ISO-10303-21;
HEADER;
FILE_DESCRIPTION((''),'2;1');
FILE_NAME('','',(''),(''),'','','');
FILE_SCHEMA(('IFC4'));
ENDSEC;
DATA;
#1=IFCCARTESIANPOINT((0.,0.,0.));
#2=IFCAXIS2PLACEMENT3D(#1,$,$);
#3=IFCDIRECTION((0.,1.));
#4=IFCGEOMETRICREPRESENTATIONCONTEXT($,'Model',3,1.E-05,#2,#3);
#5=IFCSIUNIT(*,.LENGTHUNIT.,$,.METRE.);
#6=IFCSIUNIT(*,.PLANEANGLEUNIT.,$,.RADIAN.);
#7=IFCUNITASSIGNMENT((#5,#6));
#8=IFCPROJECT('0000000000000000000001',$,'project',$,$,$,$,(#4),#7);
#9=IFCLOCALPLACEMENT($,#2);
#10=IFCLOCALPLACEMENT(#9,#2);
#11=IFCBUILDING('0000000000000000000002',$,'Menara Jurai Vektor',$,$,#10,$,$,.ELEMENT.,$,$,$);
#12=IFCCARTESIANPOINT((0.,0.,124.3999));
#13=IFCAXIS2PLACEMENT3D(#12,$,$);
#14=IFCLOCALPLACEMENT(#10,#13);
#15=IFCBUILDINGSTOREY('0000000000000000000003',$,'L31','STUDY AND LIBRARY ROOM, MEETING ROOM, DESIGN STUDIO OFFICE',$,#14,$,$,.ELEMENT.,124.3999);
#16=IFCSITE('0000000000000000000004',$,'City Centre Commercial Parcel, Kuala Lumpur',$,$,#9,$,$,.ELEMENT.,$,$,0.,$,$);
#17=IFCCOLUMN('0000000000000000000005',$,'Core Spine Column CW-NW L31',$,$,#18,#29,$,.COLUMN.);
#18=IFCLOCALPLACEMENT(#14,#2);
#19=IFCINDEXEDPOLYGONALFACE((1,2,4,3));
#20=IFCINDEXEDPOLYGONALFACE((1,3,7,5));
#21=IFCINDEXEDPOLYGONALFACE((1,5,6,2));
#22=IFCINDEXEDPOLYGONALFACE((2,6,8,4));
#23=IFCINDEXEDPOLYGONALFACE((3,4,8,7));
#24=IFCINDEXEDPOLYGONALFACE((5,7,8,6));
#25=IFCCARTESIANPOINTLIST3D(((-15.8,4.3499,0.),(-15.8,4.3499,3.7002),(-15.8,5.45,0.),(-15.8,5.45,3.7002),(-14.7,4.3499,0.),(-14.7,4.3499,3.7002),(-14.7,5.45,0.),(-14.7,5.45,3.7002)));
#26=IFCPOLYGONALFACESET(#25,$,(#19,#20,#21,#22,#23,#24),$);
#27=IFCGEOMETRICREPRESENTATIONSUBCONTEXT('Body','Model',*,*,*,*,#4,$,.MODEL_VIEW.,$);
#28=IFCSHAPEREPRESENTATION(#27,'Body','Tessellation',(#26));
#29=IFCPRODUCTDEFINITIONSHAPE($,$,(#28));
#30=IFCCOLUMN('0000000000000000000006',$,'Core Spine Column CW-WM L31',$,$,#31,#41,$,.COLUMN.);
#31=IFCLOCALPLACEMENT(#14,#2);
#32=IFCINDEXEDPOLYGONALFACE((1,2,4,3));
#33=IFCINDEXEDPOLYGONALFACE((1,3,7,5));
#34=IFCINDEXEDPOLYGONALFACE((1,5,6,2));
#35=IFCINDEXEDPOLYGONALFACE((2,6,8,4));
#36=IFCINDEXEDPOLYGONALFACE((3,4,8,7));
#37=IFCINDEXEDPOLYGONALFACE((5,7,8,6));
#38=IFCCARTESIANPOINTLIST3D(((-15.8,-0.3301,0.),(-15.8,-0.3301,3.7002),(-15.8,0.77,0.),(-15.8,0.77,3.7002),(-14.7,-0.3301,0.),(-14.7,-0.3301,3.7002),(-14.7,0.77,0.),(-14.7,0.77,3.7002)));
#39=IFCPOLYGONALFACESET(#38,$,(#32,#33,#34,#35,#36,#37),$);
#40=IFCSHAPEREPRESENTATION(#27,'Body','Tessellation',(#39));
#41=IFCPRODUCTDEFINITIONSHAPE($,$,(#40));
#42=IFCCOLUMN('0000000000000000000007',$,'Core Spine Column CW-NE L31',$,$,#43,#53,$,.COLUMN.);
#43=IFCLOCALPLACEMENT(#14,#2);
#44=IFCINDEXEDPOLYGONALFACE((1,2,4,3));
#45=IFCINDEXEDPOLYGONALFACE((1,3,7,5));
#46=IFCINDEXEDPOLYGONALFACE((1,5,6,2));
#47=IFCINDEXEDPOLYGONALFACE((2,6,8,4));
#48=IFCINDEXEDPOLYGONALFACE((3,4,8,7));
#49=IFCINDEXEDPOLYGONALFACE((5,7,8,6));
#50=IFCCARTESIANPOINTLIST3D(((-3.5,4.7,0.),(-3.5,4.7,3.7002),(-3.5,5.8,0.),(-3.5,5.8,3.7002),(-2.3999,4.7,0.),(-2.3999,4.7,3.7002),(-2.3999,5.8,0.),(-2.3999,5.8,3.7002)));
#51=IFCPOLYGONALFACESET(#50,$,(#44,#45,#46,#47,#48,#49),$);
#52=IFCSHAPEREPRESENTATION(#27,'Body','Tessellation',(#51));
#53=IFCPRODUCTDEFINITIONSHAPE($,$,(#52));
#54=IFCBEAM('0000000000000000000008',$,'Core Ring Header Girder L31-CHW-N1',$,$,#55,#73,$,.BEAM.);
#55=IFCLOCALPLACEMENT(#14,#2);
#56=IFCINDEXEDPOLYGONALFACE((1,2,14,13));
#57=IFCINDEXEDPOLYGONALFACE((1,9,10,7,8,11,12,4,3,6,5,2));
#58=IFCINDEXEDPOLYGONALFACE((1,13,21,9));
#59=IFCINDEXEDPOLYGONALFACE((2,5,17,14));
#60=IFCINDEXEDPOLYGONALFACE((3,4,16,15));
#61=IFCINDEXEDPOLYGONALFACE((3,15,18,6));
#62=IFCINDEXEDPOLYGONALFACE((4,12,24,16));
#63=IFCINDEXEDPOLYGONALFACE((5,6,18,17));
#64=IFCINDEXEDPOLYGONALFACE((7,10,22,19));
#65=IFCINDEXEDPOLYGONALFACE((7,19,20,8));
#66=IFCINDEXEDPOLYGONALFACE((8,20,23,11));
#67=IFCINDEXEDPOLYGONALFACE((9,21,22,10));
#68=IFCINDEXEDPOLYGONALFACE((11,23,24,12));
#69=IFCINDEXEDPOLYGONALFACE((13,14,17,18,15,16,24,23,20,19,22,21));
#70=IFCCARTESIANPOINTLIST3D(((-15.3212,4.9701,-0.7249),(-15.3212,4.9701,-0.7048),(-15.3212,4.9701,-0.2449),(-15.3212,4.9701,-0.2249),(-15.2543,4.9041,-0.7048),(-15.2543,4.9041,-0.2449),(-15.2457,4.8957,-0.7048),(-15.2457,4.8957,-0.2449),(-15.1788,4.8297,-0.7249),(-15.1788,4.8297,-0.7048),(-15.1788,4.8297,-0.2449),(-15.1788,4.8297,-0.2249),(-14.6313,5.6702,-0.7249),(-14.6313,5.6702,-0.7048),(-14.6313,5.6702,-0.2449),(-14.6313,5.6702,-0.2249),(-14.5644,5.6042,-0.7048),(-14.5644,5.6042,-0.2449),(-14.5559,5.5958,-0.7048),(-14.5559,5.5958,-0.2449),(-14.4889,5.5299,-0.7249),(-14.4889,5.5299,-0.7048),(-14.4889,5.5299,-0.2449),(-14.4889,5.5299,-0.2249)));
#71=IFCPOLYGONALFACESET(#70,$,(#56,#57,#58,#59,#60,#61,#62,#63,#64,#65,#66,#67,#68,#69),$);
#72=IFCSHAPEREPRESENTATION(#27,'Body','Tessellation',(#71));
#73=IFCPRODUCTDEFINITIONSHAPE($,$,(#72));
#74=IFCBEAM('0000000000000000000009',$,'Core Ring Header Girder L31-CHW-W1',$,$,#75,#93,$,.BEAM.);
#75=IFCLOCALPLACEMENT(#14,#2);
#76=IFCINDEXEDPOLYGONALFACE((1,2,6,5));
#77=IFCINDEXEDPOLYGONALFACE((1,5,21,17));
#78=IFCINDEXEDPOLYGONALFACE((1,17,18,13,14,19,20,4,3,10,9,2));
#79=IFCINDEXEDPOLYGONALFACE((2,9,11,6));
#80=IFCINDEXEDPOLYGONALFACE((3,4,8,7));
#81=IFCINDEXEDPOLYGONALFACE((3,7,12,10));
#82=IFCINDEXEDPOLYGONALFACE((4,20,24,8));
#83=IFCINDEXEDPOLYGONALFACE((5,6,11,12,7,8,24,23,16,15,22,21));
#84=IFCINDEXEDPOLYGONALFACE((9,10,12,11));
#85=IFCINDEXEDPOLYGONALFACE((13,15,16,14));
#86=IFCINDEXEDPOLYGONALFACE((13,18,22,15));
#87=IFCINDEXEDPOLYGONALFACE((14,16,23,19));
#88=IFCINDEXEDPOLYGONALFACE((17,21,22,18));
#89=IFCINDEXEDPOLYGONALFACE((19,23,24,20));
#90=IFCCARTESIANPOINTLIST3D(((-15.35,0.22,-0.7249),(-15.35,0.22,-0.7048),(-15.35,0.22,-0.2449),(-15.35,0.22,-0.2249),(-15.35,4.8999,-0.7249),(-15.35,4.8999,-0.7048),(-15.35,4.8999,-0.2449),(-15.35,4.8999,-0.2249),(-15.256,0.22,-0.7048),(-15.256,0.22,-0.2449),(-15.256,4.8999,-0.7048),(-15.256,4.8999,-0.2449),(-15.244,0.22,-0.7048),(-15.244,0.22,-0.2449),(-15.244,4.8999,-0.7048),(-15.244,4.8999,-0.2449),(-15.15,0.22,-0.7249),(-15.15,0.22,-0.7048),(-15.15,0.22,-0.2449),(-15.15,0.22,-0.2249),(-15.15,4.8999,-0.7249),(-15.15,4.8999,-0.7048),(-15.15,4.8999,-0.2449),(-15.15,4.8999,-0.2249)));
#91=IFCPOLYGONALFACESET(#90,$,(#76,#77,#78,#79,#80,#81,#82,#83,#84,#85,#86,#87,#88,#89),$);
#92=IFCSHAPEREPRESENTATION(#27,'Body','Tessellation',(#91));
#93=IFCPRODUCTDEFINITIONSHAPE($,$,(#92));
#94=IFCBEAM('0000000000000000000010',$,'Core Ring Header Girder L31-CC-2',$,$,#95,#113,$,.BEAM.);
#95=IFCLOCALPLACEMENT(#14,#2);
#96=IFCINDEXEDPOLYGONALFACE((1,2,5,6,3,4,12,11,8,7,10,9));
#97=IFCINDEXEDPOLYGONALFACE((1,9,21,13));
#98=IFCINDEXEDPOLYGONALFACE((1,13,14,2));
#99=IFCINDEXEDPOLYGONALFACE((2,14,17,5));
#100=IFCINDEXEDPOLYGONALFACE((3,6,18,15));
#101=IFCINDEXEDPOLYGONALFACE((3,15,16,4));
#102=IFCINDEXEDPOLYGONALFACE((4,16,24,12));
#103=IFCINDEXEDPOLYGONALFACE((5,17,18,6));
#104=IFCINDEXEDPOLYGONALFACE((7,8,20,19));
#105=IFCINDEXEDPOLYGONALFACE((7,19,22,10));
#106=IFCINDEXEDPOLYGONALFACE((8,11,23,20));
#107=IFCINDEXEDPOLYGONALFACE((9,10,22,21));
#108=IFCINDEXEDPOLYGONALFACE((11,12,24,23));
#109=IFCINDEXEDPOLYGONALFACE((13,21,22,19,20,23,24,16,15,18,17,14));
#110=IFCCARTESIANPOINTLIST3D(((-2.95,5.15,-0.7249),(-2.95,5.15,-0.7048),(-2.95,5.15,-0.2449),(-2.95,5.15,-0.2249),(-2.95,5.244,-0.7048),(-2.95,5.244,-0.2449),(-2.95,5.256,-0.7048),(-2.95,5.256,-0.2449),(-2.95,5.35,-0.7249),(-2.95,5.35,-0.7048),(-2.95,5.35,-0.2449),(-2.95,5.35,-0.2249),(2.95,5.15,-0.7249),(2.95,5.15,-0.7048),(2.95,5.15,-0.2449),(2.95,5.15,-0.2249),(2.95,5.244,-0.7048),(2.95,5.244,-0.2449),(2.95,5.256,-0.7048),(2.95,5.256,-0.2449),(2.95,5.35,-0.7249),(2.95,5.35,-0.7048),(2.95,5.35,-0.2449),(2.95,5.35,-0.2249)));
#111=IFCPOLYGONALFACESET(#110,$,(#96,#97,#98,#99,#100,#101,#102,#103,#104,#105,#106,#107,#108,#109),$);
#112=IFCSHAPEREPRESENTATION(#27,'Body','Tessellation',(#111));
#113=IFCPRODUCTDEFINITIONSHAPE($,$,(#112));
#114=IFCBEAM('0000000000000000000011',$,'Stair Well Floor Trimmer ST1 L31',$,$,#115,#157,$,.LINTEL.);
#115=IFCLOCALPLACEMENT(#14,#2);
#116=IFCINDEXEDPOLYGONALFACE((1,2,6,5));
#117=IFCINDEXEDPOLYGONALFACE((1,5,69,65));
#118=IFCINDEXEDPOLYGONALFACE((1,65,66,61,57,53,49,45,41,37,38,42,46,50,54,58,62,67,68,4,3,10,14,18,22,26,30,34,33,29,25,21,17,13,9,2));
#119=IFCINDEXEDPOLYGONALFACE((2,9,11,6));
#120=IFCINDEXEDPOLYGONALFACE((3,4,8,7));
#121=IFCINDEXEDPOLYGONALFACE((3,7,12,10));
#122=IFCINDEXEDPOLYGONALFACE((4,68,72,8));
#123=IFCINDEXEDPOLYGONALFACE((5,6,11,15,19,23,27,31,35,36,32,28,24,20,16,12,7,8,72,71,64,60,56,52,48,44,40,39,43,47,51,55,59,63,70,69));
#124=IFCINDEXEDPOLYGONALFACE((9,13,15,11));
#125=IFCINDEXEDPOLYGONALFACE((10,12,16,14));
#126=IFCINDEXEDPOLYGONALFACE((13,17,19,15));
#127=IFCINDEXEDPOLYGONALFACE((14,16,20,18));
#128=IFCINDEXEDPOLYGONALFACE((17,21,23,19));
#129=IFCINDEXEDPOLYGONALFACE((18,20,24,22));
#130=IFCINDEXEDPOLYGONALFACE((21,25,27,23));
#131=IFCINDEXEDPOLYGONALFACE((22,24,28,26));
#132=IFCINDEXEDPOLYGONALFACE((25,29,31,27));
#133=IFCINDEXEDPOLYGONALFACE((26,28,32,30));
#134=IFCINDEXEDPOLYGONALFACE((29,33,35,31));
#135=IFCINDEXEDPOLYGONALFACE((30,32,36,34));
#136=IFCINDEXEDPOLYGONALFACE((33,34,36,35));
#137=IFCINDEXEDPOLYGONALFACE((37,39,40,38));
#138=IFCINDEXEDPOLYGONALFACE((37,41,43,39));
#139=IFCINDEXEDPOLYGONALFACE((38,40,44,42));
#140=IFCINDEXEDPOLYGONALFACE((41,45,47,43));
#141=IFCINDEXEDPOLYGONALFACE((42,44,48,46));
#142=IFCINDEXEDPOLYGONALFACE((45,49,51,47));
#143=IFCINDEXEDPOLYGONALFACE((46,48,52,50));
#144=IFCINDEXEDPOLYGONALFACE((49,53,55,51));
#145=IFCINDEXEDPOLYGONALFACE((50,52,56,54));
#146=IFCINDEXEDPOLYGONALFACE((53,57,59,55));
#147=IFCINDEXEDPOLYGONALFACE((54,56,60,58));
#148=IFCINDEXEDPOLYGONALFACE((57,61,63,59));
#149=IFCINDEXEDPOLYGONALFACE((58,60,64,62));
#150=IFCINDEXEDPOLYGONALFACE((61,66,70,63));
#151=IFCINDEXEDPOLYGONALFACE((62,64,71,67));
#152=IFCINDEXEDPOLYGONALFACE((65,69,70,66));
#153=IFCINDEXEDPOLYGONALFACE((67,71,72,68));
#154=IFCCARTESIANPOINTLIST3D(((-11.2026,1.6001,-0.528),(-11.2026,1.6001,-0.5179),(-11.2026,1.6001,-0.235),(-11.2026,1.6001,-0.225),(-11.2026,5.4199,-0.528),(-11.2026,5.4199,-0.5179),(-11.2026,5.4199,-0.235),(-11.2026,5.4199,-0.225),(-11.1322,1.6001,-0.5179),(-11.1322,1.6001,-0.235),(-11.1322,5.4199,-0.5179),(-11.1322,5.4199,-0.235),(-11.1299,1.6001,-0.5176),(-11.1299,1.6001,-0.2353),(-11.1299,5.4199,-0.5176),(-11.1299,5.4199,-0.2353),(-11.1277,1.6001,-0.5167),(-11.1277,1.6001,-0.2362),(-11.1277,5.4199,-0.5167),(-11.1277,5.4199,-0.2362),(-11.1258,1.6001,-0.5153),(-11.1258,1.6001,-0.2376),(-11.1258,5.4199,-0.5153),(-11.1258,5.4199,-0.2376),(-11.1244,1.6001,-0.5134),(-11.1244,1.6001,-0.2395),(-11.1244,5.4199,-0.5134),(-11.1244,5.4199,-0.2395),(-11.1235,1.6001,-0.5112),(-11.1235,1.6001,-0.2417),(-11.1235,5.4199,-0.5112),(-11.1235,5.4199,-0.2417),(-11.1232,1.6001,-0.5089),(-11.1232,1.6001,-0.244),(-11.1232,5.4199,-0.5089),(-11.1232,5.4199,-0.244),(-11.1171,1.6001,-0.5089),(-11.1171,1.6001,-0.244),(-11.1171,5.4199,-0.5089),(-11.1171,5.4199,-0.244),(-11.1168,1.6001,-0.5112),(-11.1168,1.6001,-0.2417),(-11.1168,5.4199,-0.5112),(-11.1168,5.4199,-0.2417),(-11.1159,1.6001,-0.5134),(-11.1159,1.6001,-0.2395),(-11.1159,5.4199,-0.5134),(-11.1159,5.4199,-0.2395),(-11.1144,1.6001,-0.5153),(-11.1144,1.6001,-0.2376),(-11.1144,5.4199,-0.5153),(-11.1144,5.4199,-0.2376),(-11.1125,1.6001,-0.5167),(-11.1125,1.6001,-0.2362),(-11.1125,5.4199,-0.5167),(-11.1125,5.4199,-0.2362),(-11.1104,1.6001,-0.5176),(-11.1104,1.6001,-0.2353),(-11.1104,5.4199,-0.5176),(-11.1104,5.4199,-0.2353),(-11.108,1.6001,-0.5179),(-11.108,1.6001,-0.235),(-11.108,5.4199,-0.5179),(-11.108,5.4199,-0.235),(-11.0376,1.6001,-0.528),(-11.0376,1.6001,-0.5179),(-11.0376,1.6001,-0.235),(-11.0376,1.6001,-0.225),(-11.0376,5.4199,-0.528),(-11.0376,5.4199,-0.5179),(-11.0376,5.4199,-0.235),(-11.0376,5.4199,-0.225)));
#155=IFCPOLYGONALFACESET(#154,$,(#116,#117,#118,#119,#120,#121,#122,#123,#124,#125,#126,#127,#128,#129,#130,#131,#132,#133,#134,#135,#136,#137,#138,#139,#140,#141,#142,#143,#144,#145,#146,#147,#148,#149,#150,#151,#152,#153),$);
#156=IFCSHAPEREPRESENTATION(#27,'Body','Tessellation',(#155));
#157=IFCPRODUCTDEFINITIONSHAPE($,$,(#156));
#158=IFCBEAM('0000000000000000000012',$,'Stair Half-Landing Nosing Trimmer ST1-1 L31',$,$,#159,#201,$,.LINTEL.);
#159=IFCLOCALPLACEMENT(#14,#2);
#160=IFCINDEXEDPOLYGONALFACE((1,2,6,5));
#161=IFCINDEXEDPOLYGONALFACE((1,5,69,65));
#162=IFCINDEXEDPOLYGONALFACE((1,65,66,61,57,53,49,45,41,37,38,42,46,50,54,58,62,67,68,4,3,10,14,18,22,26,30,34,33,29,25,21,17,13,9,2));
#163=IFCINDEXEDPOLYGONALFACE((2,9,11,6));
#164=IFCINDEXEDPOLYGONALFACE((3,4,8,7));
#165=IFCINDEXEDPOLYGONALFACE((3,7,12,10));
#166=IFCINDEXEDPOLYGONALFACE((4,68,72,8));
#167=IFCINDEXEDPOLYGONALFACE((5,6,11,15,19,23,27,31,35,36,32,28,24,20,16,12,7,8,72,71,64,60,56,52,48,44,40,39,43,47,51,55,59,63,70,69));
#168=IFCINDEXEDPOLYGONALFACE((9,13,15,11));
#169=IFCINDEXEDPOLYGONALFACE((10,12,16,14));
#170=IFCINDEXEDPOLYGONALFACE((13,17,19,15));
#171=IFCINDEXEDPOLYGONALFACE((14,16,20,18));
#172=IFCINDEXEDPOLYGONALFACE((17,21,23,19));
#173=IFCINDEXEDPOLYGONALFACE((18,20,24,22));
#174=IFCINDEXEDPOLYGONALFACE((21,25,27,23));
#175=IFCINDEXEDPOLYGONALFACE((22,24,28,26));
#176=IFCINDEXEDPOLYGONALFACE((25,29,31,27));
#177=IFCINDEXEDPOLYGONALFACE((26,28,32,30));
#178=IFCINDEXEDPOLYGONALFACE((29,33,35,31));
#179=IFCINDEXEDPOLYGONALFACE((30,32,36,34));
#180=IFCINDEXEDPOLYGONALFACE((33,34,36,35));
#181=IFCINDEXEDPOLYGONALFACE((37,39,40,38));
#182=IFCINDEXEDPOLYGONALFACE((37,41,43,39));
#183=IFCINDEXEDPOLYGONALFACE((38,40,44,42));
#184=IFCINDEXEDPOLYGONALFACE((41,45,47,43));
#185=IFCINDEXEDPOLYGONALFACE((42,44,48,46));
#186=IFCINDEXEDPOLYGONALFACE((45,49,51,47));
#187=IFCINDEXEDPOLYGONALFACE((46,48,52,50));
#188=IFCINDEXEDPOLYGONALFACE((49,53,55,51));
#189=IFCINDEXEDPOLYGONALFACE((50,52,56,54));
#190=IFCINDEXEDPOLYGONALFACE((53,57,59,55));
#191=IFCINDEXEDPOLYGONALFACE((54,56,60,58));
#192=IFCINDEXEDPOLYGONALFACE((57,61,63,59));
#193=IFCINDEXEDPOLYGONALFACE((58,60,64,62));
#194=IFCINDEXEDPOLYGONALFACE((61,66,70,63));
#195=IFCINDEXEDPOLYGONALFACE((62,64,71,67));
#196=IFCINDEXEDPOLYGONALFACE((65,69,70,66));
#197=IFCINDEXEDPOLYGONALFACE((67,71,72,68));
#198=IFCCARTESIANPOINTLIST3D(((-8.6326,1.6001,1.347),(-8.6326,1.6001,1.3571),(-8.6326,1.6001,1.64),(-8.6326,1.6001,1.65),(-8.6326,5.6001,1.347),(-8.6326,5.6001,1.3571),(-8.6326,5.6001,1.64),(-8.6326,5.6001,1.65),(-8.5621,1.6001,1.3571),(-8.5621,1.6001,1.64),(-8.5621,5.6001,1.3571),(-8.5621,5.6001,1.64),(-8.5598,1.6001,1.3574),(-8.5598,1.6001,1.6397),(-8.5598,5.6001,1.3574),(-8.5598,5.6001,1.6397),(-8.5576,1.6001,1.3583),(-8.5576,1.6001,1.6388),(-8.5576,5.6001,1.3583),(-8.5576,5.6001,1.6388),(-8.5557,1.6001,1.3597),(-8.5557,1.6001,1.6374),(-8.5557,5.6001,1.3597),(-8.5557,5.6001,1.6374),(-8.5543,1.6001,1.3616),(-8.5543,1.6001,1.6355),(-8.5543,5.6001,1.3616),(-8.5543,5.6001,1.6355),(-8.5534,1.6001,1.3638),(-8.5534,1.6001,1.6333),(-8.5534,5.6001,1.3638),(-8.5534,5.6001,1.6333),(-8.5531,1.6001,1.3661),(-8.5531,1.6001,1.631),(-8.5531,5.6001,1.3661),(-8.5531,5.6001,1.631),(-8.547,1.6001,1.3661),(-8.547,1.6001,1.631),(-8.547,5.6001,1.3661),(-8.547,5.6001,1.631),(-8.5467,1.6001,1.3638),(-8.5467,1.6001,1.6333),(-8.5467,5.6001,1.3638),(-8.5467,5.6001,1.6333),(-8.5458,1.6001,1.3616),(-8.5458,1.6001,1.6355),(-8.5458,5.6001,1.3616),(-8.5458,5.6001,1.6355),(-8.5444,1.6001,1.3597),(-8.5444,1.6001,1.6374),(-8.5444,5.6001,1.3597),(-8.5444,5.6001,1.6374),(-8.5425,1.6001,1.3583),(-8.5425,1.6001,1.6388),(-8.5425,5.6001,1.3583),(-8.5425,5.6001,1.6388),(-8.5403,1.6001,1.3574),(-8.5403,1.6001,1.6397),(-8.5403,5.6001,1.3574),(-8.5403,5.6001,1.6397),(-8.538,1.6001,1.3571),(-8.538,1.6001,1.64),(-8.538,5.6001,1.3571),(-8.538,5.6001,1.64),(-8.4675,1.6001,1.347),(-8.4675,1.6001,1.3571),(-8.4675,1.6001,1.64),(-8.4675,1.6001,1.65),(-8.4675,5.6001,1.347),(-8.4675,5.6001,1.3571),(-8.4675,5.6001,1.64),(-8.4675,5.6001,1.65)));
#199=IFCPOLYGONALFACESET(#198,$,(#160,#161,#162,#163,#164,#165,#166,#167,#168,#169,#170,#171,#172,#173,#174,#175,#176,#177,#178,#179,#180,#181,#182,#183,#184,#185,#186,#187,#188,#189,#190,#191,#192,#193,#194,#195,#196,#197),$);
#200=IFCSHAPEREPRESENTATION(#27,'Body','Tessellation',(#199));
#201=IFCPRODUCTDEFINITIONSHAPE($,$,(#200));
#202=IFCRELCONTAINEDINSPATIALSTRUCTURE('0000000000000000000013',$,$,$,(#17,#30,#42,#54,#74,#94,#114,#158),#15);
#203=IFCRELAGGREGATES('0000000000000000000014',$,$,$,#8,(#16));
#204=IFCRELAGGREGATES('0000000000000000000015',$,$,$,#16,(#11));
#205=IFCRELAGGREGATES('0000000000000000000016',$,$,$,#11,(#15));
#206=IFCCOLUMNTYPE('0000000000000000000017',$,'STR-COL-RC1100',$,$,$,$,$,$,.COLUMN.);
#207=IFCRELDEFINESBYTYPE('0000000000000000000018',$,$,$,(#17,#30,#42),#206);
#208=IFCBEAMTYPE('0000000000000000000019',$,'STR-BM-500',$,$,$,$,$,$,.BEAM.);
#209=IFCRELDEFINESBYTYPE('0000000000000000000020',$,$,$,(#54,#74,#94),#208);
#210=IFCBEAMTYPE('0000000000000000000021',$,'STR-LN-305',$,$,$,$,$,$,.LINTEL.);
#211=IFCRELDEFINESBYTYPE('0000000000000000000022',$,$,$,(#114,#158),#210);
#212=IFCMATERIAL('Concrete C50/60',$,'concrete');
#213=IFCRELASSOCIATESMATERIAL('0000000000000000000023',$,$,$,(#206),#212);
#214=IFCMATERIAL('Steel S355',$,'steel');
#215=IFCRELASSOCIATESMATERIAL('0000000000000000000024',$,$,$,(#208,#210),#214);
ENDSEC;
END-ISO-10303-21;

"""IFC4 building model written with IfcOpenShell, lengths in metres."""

from ifc_helpers import new_model, si_unit, direction, frame, origin, origin_2d, place, context, subcontext, project, spatial, rectangle, i_section, extrude, material, material_profile, profile_set, type_object, element, save


model = new_model("IFC4")

# Units and contexts
model_context = context("Model", 3, precision=1e-05, world=origin(), true_north=direction((0.0, 1.0)))
body_context = subcontext(model_context, "Body", "Model", "MODEL_VIEW")
ifc_project = project(units=[si_unit("LENGTHUNIT", "METRE"), si_unit("PLANEANGLEUNIT", "RADIAN")], contexts=[model_context])

# Site, building, storey
site_placement = place(None, origin())
site = spatial("IfcSite", under=ifc_project, at=site_placement, Name="City Centre Commercial Parcel, Kuala Lumpur", CompositionType="ELEMENT", RefElevation=0.0)
building_placement = place(site_placement, origin())
building = spatial("IfcBuilding", under=site, at=building_placement, Name="Menara Jurai Vektor", CompositionType="ELEMENT")
storey_placement = place(building_placement, frame((0.0, 0.0, 124.3999)))
storey = spatial("IfcBuildingStorey", under=building, at=storey_placement, Name="L31", Description="STUDY AND LIBRARY ROOM, MEETING ROOM, DESIGN STUDIO OFFICE", CompositionType="ELEMENT", Elevation=124.3999)

# Columns
ifc_material_1 = material(Name="Concrete C50/60", Category="concrete")
ifc_material_profile_1 = material_profile(ifc_material_1, rectangle(XDim=1.1001, YDim=1.1001, at=origin_2d()), Name="RC 1100x1100")
ifc_profile_set_1 = profile_set([ifc_material_profile_1], Name="Concrete C50/60")
column_type = type_object("IfcColumnType", Name="STR-COL-RC1100", PredefinedType="COLUMN", material=ifc_profile_set_1)
for number, where, z_axis, x_axis, name in (
    (1, (-15.25, 4.8999, 0.0), (0.0, 0.0, 1.0), (1.0, 0.0, 0.0), "Core Spine Column CW-NW L31"),
    (2, (-15.25, 0.22, 0.0), (0.0, 0.0, 1.0), (1.0, 0.0, 0.0), "Core Spine Column CW-WM L31"),
    (3, (-2.95, 5.25, 0.0), (0.0, 0.0, 1.0), (1.0, 0.0, 0.0), "Core Spine Column CW-NE L31"),
):
    element("IfcColumn", number, at=place(storey_placement, frame(where, z_axis=z_axis, x_axis=x_axis)), inside=storey, type_object=column_type, Name=name, PredefinedType="COLUMN", context=body_context, shape_type="SweptSolid", body=[
        extrude(rectangle(XDim=1.1001, YDim=1.1001, at=origin_2d()), origin(), (0.0, 0.0, 1.0), 3.7002),
    ])

# Beams
ifc_material_2 = material(Name="Steel S355", Category="steel")
ifc_material_profile_2 = material_profile(ifc_material_2, i_section(OverallWidth=0.2, OverallDepth=0.5, WebThickness=0.012, FlangeThickness=0.02, at=origin_2d()), Name="PG 500x200x96")
ifc_profile_set_2 = profile_set([ifc_material_profile_2], Name="Steel S355")
beam_type_1 = type_object("IfcBeamType", Name="STR-BM-500", PredefinedType="BEAM", material=ifc_profile_set_2)
beam_1_placement = place(storey_placement, frame((-15.25, 4.8999, -0.4749), z_axis=(0.701872, 0.712303, 0.0), x_axis=(-0.712303, 0.701872, 0.0)))
element("IfcBeam", 4, at=beam_1_placement, inside=storey, type_object=beam_type_1, Name="Core Ring Header Girder L31-CHW-N1", PredefinedType="BEAM", context=body_context, shape_type="SweptSolid", body=[
    extrude(i_section(OverallWidth=0.2, OverallDepth=0.5, WebThickness=0.012, FlangeThickness=0.02, at=origin_2d()), origin(), (0.0, 0.0, 1.0), 0.9829),
])
beam_2_placement = place(storey_placement, frame((-15.25, 0.22, -0.4749), z_axis=(0.0, 1.0, 0.0), x_axis=(-1.0, 0.0, 0.0)))
element("IfcBeam", 5, at=beam_2_placement, inside=storey, type_object=beam_type_1, Name="Core Ring Header Girder L31-CHW-W1", PredefinedType="BEAM", context=body_context, shape_type="SweptSolid", body=[
    extrude(i_section(OverallWidth=0.2, OverallDepth=0.5, WebThickness=0.012, FlangeThickness=0.02, at=origin_2d()), origin(), (0.0, 0.0, 1.0), 4.6799),
])
beam_3_placement = place(storey_placement, frame((-2.95, 5.25, -0.4749), z_axis=(1.0, 0.0, 0.0), x_axis=(0.0, 1.0, 0.0)))
element("IfcBeam", 6, at=beam_3_placement, inside=storey, type_object=beam_type_1, Name="Core Ring Header Girder L31-CC-2", PredefinedType="BEAM", context=body_context, shape_type="SweptSolid", body=[
    extrude(i_section(OverallWidth=0.2, OverallDepth=0.5, WebThickness=0.012, FlangeThickness=0.02, at=origin_2d()), origin(), (0.0, 0.0, 1.0), 5.8999),
])
ifc_material_profile_3 = material_profile(ifc_material_2, i_section(OverallWidth=0.165, OverallDepth=0.303, WebThickness=0.0061, FlangeThickness=0.01, FilletRadius=0.009, at=origin_2d()), Name="UKB 305x165x40")
ifc_profile_set_3 = profile_set([ifc_material_profile_3], Name="Steel S355")
beam_type_2 = type_object("IfcBeamType", Name="STR-LN-305", PredefinedType="LINTEL", material=ifc_profile_set_3)
beam_4_placement = place(storey_placement, frame((-11.1201, 1.6001, -0.3765), z_axis=(0.0, 1.0, 0.0), x_axis=(-1.0, 0.0, 0.0)))
element("IfcBeam", 7, at=beam_4_placement, inside=storey, type_object=beam_type_2, Name="Stair Well Floor Trimmer ST1 L31", PredefinedType="LINTEL", context=body_context, shape_type="SweptSolid", body=[
    extrude(i_section(OverallWidth=0.165, OverallDepth=0.303, WebThickness=0.0061, FlangeThickness=0.01, FilletRadius=0.009, at=origin_2d()), origin(), (0.0, 0.0, 1.0), 3.8198),
])
beam_5_placement = place(storey_placement, frame((-8.55, 1.6001, 1.4985), z_axis=(0.0, 1.0, 0.0), x_axis=(-1.0, 0.0, 0.0)))
element("IfcBeam", 8, at=beam_5_placement, inside=storey, type_object=beam_type_2, Name="Stair Half-Landing Nosing Trimmer ST1-1 L31", PredefinedType="LINTEL", context=body_context, shape_type="SweptSolid", body=[
    extrude(i_section(OverallWidth=0.165, OverallDepth=0.303, WebThickness=0.0061, FlangeThickness=0.01, FilletRadius=0.009, at=origin_2d()), origin(), (0.0, 0.0, 1.0), 4.0),
])

save(model, "model.ifc")
